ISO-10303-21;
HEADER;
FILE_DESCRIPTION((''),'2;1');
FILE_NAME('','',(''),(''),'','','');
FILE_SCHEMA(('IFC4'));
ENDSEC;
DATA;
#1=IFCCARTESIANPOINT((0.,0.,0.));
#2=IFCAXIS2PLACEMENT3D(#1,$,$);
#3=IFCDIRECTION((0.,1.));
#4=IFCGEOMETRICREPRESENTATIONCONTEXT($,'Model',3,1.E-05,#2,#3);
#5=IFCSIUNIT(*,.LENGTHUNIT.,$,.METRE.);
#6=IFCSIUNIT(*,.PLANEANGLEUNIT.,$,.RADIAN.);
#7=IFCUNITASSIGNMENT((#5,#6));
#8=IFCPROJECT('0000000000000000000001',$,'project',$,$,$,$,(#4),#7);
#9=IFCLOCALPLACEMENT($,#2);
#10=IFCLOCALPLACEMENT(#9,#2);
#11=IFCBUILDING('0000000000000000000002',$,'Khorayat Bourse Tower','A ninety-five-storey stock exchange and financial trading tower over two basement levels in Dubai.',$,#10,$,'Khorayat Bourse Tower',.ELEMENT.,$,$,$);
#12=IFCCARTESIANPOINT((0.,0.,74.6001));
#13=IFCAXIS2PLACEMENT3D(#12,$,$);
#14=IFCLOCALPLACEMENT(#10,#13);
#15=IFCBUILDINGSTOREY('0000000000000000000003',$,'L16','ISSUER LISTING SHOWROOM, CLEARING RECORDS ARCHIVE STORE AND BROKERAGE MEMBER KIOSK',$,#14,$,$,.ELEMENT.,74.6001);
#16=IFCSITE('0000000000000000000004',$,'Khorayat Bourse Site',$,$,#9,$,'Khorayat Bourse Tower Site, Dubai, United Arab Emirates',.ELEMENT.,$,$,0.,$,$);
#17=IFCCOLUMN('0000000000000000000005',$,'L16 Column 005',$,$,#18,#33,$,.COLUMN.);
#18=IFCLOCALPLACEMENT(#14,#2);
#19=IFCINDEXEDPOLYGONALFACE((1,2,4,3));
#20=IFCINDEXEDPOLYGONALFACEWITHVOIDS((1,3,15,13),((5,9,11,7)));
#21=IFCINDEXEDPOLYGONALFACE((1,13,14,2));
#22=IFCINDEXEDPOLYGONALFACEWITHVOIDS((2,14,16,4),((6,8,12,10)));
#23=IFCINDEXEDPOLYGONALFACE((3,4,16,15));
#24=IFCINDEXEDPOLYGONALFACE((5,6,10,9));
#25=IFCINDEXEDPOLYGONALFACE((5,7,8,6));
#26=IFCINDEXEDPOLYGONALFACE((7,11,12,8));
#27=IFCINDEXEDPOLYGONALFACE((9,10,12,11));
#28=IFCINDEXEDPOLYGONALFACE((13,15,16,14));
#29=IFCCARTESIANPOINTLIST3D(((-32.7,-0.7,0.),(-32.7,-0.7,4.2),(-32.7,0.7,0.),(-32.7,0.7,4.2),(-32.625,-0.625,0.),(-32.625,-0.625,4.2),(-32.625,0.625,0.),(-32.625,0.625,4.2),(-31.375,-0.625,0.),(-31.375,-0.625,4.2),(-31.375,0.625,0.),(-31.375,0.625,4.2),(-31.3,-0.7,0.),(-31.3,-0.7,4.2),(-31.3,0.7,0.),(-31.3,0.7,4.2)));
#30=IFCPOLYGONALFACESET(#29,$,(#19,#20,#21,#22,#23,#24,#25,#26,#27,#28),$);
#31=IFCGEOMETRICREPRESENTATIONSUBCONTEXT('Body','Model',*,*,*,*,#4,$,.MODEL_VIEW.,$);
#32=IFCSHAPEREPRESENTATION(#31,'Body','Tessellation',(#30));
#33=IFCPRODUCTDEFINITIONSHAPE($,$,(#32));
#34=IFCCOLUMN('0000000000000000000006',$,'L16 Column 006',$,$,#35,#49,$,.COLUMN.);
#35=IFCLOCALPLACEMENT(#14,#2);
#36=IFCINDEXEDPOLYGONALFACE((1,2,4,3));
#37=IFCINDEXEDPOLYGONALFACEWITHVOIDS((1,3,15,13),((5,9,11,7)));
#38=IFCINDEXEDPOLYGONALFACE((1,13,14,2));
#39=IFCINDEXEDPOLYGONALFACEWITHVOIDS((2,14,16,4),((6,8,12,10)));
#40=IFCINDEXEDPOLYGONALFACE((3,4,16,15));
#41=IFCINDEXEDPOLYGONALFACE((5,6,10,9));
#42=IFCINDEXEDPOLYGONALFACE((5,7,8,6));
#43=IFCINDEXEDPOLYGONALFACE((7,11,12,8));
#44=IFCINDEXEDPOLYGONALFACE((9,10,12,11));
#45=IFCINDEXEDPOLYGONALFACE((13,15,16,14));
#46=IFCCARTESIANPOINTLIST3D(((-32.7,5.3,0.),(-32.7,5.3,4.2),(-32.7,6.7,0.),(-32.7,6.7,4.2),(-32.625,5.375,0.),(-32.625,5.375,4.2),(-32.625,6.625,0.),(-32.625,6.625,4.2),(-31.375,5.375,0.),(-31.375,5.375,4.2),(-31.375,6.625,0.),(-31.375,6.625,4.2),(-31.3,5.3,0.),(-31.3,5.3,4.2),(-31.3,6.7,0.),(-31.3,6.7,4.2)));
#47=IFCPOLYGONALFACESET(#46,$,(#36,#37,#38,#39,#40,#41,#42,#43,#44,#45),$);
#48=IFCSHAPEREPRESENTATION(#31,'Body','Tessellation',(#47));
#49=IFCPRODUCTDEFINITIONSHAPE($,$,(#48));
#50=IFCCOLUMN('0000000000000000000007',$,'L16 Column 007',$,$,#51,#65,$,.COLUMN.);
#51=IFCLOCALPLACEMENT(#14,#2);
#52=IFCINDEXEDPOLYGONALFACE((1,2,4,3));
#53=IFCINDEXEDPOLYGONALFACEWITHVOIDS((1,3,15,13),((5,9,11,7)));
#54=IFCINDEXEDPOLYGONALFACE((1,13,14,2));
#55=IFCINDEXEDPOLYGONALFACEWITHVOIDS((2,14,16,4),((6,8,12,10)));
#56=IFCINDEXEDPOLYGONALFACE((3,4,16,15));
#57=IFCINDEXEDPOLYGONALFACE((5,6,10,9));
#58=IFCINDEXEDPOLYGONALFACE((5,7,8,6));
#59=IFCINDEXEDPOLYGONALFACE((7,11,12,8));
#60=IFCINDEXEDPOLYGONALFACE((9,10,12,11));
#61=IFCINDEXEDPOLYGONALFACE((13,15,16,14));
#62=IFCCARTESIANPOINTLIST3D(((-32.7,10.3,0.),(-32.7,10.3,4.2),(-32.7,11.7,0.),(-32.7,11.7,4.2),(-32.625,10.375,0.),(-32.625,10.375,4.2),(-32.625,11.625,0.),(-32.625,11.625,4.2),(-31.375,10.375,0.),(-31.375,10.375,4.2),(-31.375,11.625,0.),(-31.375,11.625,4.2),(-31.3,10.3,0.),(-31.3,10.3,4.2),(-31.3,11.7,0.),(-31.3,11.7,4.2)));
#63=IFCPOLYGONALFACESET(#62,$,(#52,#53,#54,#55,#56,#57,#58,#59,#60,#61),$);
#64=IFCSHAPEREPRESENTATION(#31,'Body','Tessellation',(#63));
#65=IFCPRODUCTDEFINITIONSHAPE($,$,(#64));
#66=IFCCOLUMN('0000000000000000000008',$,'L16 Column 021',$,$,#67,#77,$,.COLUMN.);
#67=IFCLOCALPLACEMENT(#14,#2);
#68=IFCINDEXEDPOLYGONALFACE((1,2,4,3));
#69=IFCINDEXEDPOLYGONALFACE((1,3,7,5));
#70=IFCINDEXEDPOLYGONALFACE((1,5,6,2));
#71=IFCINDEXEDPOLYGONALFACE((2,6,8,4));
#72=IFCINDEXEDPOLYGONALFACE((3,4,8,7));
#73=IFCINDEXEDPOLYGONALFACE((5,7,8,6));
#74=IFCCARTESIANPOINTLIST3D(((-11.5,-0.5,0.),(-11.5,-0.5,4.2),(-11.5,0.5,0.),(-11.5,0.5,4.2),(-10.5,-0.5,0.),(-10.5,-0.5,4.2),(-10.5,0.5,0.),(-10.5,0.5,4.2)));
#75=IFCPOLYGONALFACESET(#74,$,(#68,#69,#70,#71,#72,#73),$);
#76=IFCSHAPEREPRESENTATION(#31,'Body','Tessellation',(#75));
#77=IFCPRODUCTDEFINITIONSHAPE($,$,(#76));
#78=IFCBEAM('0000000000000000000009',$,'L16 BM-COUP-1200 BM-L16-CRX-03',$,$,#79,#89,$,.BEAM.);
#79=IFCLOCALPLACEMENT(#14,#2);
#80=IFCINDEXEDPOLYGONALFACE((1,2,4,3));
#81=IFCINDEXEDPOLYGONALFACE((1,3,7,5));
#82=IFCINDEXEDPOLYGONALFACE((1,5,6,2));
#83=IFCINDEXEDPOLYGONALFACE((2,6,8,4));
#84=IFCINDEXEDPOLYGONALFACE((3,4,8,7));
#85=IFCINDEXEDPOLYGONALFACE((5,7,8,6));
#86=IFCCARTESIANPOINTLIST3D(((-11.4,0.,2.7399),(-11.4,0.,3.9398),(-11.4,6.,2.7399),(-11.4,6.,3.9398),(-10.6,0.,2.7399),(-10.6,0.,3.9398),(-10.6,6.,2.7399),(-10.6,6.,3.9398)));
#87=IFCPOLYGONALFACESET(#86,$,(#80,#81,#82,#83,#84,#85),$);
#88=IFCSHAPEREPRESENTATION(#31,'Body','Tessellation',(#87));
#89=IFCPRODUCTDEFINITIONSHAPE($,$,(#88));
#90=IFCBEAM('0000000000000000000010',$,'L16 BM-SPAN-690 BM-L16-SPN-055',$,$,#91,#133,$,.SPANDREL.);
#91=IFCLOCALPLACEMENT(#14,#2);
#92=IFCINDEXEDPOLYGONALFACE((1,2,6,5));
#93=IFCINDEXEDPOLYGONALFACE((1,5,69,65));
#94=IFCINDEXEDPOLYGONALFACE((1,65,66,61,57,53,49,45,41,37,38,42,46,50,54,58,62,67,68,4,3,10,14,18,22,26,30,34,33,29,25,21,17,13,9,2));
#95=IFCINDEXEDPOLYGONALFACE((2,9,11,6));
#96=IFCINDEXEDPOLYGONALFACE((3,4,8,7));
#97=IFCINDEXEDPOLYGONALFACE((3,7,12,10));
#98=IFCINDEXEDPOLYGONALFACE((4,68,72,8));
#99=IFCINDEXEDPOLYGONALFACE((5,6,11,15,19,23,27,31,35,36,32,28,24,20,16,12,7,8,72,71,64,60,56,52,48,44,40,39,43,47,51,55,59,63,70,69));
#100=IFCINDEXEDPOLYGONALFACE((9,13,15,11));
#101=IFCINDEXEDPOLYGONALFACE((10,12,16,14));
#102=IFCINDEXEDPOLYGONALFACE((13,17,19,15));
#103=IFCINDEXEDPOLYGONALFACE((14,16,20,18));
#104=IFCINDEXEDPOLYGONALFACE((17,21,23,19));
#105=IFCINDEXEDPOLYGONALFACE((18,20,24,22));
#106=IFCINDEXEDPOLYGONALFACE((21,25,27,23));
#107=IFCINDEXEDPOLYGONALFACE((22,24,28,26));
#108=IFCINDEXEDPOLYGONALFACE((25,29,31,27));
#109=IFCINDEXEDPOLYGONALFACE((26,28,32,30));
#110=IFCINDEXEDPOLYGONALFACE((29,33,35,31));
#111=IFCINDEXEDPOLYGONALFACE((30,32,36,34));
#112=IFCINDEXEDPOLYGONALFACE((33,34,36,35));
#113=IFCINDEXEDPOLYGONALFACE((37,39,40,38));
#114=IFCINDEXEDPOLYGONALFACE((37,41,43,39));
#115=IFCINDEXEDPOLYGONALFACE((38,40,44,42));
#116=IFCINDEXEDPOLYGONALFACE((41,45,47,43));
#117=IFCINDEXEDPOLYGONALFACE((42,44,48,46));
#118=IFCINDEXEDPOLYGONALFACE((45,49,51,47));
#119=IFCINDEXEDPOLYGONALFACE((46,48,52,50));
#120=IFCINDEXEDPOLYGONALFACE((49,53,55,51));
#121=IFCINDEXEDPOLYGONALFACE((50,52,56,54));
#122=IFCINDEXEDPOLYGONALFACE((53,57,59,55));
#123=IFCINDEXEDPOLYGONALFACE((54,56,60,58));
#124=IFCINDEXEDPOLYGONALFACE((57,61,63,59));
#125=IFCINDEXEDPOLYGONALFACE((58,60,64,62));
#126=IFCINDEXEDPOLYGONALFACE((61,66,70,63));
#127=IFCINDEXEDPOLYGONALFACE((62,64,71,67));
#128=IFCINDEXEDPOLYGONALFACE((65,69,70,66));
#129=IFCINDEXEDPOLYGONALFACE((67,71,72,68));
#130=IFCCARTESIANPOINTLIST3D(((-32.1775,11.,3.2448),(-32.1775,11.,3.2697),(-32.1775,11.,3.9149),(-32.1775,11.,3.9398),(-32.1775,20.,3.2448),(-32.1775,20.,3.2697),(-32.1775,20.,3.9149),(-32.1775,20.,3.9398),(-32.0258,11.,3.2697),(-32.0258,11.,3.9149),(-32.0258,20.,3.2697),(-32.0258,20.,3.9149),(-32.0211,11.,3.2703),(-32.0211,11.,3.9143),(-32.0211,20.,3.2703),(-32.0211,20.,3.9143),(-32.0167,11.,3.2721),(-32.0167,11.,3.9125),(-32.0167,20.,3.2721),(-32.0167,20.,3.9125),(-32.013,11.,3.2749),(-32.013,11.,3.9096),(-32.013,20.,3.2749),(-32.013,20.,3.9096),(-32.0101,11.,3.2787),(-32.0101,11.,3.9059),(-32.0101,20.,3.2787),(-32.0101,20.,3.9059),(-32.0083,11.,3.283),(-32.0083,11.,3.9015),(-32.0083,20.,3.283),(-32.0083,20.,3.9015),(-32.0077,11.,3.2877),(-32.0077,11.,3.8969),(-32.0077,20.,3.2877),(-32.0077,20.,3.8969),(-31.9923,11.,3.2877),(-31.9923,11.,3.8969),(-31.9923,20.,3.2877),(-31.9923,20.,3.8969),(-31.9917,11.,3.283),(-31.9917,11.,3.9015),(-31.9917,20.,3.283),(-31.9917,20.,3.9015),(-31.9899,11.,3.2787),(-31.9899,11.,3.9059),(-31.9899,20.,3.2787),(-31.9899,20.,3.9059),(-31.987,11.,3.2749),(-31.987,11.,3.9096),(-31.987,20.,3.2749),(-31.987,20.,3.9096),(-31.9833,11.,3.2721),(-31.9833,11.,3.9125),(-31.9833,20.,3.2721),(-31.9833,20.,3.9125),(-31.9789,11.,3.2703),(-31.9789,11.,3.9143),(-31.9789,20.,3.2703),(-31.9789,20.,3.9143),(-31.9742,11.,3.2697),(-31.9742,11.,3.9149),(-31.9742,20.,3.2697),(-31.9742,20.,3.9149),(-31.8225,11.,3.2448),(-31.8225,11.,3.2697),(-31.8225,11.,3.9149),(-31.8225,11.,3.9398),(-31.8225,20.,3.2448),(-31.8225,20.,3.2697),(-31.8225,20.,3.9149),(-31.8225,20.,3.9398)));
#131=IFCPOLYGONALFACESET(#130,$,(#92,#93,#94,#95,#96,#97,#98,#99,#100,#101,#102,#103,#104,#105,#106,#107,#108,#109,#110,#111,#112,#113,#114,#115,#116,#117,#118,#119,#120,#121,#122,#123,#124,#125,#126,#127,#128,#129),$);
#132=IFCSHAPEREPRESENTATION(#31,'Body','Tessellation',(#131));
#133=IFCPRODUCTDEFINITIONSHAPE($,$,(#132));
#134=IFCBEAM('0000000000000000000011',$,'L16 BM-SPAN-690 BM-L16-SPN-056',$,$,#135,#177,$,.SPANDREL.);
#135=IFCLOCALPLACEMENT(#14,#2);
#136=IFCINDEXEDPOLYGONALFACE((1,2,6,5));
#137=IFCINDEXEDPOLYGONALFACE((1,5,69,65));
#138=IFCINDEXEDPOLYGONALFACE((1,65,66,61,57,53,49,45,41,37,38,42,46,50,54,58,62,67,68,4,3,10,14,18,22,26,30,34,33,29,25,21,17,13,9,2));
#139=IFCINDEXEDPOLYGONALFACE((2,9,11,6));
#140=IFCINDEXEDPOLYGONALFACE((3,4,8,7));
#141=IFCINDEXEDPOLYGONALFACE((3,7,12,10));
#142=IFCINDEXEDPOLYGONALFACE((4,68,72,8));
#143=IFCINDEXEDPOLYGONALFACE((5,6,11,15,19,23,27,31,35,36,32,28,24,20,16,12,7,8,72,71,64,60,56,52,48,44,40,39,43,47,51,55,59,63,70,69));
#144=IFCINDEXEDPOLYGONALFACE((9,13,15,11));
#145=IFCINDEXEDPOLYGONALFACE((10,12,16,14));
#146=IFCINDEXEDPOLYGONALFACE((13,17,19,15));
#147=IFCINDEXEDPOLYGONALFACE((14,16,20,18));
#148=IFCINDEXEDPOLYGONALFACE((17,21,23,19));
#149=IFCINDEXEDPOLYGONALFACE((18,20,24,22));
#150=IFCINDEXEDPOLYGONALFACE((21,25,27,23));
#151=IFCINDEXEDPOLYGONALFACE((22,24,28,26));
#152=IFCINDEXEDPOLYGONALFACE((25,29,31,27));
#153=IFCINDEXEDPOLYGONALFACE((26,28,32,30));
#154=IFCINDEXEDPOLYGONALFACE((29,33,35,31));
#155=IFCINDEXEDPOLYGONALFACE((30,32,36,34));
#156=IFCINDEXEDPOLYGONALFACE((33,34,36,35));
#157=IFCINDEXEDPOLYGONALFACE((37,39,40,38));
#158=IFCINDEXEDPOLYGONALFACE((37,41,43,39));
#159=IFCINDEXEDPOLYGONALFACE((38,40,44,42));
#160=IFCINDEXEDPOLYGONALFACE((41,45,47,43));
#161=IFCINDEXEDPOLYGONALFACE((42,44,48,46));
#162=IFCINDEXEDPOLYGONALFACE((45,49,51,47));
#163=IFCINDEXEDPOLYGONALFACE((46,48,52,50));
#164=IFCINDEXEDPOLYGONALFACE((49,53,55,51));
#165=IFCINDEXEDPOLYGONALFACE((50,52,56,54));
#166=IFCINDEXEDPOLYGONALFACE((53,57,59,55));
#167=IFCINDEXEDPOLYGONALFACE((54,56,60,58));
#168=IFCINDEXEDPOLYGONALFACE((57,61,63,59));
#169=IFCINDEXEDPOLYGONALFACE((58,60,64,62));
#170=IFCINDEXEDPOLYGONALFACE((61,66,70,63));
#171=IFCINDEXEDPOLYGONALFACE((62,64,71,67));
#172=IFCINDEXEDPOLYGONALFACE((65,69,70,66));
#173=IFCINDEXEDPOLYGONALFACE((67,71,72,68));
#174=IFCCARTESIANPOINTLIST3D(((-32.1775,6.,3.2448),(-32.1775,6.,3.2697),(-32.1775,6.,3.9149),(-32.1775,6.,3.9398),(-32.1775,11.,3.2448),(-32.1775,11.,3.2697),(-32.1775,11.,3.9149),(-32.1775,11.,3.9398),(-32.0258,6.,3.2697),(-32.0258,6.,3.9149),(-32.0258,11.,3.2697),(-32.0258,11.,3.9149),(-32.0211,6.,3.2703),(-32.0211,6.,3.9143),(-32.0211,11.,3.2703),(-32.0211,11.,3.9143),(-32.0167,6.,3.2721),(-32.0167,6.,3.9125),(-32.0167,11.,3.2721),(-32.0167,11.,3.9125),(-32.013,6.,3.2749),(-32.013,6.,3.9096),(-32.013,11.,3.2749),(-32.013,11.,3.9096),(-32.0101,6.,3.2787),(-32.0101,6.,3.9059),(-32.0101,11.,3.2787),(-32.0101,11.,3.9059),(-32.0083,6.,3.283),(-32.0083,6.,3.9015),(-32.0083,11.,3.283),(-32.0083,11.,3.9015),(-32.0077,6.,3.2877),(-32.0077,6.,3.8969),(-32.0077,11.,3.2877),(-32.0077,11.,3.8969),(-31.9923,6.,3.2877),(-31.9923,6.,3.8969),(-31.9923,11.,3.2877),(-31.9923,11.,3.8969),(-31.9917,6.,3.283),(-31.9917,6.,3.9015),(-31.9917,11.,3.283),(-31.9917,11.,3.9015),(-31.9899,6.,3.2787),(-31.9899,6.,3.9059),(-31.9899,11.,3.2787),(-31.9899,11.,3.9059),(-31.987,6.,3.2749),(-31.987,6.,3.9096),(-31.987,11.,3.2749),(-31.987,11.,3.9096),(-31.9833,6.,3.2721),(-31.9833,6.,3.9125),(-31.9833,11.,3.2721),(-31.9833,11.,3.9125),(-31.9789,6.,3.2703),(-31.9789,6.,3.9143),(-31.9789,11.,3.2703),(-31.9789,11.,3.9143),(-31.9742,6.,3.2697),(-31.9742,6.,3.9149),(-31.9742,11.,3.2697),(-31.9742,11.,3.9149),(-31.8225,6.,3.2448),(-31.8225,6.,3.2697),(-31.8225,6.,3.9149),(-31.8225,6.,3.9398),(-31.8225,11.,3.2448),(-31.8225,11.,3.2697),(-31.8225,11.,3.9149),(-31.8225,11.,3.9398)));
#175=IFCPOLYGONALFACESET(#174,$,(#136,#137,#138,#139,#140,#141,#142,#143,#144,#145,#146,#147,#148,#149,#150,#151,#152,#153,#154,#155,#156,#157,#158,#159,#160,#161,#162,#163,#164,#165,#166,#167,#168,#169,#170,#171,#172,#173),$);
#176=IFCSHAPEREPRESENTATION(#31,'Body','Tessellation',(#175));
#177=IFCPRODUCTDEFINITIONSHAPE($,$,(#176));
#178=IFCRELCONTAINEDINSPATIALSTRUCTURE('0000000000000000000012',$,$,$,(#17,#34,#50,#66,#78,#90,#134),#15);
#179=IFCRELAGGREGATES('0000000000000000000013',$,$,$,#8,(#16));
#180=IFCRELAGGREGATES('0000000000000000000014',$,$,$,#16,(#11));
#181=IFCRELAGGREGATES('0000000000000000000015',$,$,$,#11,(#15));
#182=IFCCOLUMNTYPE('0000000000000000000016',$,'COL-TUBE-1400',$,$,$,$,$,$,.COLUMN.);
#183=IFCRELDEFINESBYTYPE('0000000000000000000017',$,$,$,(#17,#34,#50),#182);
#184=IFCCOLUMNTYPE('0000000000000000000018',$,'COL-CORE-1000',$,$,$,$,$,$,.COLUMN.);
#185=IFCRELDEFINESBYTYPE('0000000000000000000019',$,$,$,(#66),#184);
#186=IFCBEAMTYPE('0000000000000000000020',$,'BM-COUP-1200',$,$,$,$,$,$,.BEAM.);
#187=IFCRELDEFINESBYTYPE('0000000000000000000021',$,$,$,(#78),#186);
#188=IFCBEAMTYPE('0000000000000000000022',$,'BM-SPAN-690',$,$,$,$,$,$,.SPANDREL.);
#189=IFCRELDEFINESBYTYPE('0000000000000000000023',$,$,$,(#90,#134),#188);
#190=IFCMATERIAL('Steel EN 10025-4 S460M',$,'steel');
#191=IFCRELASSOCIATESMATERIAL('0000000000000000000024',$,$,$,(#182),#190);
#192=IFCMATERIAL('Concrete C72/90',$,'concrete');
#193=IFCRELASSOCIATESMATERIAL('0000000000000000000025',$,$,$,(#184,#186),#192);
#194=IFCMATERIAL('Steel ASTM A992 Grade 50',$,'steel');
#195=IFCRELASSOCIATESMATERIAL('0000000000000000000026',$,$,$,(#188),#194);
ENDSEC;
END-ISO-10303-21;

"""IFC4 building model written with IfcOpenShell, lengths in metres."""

from ifc_helpers import new_model, si_unit, direction, frame, origin, origin_2d, place, context, subcontext, project, spatial, rectangle, hollow_rectangle, i_section, extrude, source, transform, mapped, material, material_profile, profile_set, type_object, element, save


model = new_model("IFC4")

# Units and contexts
model_context = context("Model", 3, precision=1e-05, world=origin(), true_north=direction((0.0, 1.0)))
body_context = subcontext(model_context, "Body", "Model", "MODEL_VIEW")
ifc_project = project(units=[si_unit("LENGTHUNIT", "METRE"), si_unit("PLANEANGLEUNIT", "RADIAN")], contexts=[model_context])

# Site, building, storey
site_placement = place(None, origin())
site = spatial("IfcSite", under=ifc_project, at=site_placement, Name="Khorayat Bourse Site", LongName="Khorayat Bourse Tower Site, Dubai, United Arab Emirates", CompositionType="ELEMENT", RefElevation=0.0)
building_placement = place(site_placement, origin())
building = spatial("IfcBuilding", under=site, at=building_placement, Name="Khorayat Bourse Tower", Description="A ninety-five-storey stock exchange and financial trading tower over two basement levels in Dubai.", LongName="Khorayat Bourse Tower", CompositionType="ELEMENT")
storey_placement = place(building_placement, frame((0.0, 0.0, 74.6001)))
storey = spatial("IfcBuildingStorey", under=building, at=storey_placement, Name="L16", Description="ISSUER LISTING SHOWROOM, CLEARING RECORDS ARCHIVE STORE AND BROKERAGE MEMBER KIOSK", CompositionType="ELEMENT", Elevation=74.6001)

# Columns
ifc_material_1 = material(Name="Steel EN 10025-4 S460M", Category="steel")
ifc_material_profile_1 = material_profile(ifc_material_1, hollow_rectangle(XDim=1.3999, YDim=1.3999, WallThickness=0.075, at=origin_2d()), Name="BOX 1400x1400x75")
ifc_profile_set_1 = profile_set([ifc_material_profile_1], Name="Steel EN 10025-4 S460M")
column_type_1 = type_object("IfcColumnType", Name="COL-TUBE-1400", PredefinedType="COLUMN", material=ifc_profile_set_1)
shared_shape_1 = source(origin(), body_context, "Body", "SweptSolid", [
    extrude(hollow_rectangle(XDim=1.3999, YDim=1.3999, WallThickness=0.075, at=origin_2d()), origin(), (0.0, 0.0, 1.0), 4.2),
])
for number, where, z_axis, x_axis, name in (
    (1, (-32.0, 0.0, 0.0), (0.0, 0.0, 1.0), (1.0, 0.0, 0.0), "L16 Column 005"),
    (2, (-32.0, 6.0, 0.0), (0.0, 0.0, 1.0), (1.0, 0.0, 0.0), "L16 Column 006"),
    (3, (-32.0, 11.0, 0.0), (0.0, 0.0, 1.0), (1.0, 0.0, 0.0), "L16 Column 007"),
):
    element("IfcColumn", number, at=place(storey_placement, frame(where, z_axis=z_axis, x_axis=x_axis)), inside=storey, type_object=column_type_1, Name=name, PredefinedType="COLUMN", context=body_context, shape_type="MappedRepresentation", body=[
        mapped(shared_shape_1, transform((0.0, 0.0, 0.0), scale=1.0)),
    ])
ifc_material_2 = material(Name="Concrete C72/90", Category="concrete")
ifc_material_profile_2 = material_profile(ifc_material_2, rectangle(XDim=1.0, YDim=1.0, at=origin_2d()), Name="RC 1000x1000")
ifc_profile_set_2 = profile_set([ifc_material_profile_2], Name="Concrete C72/90")
column_type_2 = type_object("IfcColumnType", Name="COL-CORE-1000", PredefinedType="COLUMN", material=ifc_profile_set_2)
shared_shape_2 = source(origin(), body_context, "Body", "SweptSolid", [
    extrude(rectangle(XDim=1.0, YDim=1.0, at=origin_2d()), origin(), (0.0, 0.0, 1.0), 4.2),
])
column_placement = place(storey_placement, frame((-11.0, 0.0, 0.0), z_axis=(0.0, 0.0, 1.0), x_axis=(1.0, 0.0, 0.0)))
element("IfcColumn", 4, at=column_placement, inside=storey, type_object=column_type_2, Name="L16 Column 021", PredefinedType="COLUMN", context=body_context, shape_type="MappedRepresentation", body=[
    mapped(shared_shape_2, transform((0.0, 0.0, 0.0), scale=1.0)),
])

# Beams
ifc_material_profile_3 = material_profile(ifc_material_2, rectangle(XDim=0.8, YDim=1.2, at=origin_2d()), Name="RC 800x1200")
ifc_profile_set_3 = profile_set([ifc_material_profile_3], Name="Concrete C72/90")
beam_type_1 = type_object("IfcBeamType", Name="BM-COUP-1200", PredefinedType="BEAM", material=ifc_profile_set_3)
shared_shape_3 = source(origin(), body_context, "Body", "SweptSolid", [
    extrude(rectangle(XDim=0.8, YDim=1.2, at=origin_2d()), origin(), (0.0, 0.0, 1.0), 6.0),
])
beam_1_placement = place(storey_placement, frame((-11.0, 0.0, 3.3398), z_axis=(0.0, 1.0, 0.0), x_axis=(-1.0, 0.0, 0.0)))
element("IfcBeam", 5, at=beam_1_placement, inside=storey, type_object=beam_type_1, Name="L16 BM-COUP-1200 BM-L16-CRX-03", PredefinedType="BEAM", context=body_context, shape_type="MappedRepresentation", body=[
    mapped(shared_shape_3, transform((0.0, 0.0, 0.0), scale=1.0)),
])
ifc_material_3 = material(Name="Steel ASTM A992 Grade 50", Category="steel")
ifc_material_profile_4 = material_profile(ifc_material_3, i_section(OverallWidth=0.355, OverallDepth=0.6951, WebThickness=0.0154, FlangeThickness=0.0249, FilletRadius=0.0181, at=origin_2d()), Name="W690X217")
ifc_profile_set_4 = profile_set([ifc_material_profile_4], Name="Steel ASTM A992 Grade 50")
beam_type_2 = type_object("IfcBeamType", Name="BM-SPAN-690", PredefinedType="SPANDREL", material=ifc_profile_set_4)
shared_shape_4 = source(origin(), body_context, "Body", "SweptSolid", [
    extrude(i_section(OverallWidth=0.355, OverallDepth=0.6951, WebThickness=0.0154, FlangeThickness=0.0249, FilletRadius=0.0181, at=origin_2d()), origin(), (0.0, 0.0, 1.0), 9.0),
])
beam_2_placement = place(storey_placement, frame((-32.0, 11.0, 3.5923), z_axis=(0.0, 1.0, 0.0), x_axis=(-1.0, 0.0, 0.0)))
element("IfcBeam", 6, at=beam_2_placement, inside=storey, type_object=beam_type_2, Name="L16 BM-SPAN-690 BM-L16-SPN-055", PredefinedType="SPANDREL", context=body_context, shape_type="MappedRepresentation", body=[
    mapped(shared_shape_4, transform((0.0, 0.0, 0.0), scale=1.0)),
])
shared_shape_5 = source(origin(), body_context, "Body", "SweptSolid", [
    extrude(i_section(OverallWidth=0.355, OverallDepth=0.6951, WebThickness=0.0154, FlangeThickness=0.0249, FilletRadius=0.0181, at=origin_2d()), origin(), (0.0, 0.0, 1.0), 5.0),
])
beam_3_placement = place(storey_placement, frame((-32.0, 6.0, 3.5923), z_axis=(0.0, 1.0, 0.0), x_axis=(-1.0, 0.0, 0.0)))
element("IfcBeam", 7, at=beam_3_placement, inside=storey, type_object=beam_type_2, Name="L16 BM-SPAN-690 BM-L16-SPN-056", PredefinedType="SPANDREL", context=body_context, shape_type="MappedRepresentation", body=[
    mapped(shared_shape_5, transform((0.0, 0.0, 0.0), scale=1.0)),
])

save(model, "model.ifc")
